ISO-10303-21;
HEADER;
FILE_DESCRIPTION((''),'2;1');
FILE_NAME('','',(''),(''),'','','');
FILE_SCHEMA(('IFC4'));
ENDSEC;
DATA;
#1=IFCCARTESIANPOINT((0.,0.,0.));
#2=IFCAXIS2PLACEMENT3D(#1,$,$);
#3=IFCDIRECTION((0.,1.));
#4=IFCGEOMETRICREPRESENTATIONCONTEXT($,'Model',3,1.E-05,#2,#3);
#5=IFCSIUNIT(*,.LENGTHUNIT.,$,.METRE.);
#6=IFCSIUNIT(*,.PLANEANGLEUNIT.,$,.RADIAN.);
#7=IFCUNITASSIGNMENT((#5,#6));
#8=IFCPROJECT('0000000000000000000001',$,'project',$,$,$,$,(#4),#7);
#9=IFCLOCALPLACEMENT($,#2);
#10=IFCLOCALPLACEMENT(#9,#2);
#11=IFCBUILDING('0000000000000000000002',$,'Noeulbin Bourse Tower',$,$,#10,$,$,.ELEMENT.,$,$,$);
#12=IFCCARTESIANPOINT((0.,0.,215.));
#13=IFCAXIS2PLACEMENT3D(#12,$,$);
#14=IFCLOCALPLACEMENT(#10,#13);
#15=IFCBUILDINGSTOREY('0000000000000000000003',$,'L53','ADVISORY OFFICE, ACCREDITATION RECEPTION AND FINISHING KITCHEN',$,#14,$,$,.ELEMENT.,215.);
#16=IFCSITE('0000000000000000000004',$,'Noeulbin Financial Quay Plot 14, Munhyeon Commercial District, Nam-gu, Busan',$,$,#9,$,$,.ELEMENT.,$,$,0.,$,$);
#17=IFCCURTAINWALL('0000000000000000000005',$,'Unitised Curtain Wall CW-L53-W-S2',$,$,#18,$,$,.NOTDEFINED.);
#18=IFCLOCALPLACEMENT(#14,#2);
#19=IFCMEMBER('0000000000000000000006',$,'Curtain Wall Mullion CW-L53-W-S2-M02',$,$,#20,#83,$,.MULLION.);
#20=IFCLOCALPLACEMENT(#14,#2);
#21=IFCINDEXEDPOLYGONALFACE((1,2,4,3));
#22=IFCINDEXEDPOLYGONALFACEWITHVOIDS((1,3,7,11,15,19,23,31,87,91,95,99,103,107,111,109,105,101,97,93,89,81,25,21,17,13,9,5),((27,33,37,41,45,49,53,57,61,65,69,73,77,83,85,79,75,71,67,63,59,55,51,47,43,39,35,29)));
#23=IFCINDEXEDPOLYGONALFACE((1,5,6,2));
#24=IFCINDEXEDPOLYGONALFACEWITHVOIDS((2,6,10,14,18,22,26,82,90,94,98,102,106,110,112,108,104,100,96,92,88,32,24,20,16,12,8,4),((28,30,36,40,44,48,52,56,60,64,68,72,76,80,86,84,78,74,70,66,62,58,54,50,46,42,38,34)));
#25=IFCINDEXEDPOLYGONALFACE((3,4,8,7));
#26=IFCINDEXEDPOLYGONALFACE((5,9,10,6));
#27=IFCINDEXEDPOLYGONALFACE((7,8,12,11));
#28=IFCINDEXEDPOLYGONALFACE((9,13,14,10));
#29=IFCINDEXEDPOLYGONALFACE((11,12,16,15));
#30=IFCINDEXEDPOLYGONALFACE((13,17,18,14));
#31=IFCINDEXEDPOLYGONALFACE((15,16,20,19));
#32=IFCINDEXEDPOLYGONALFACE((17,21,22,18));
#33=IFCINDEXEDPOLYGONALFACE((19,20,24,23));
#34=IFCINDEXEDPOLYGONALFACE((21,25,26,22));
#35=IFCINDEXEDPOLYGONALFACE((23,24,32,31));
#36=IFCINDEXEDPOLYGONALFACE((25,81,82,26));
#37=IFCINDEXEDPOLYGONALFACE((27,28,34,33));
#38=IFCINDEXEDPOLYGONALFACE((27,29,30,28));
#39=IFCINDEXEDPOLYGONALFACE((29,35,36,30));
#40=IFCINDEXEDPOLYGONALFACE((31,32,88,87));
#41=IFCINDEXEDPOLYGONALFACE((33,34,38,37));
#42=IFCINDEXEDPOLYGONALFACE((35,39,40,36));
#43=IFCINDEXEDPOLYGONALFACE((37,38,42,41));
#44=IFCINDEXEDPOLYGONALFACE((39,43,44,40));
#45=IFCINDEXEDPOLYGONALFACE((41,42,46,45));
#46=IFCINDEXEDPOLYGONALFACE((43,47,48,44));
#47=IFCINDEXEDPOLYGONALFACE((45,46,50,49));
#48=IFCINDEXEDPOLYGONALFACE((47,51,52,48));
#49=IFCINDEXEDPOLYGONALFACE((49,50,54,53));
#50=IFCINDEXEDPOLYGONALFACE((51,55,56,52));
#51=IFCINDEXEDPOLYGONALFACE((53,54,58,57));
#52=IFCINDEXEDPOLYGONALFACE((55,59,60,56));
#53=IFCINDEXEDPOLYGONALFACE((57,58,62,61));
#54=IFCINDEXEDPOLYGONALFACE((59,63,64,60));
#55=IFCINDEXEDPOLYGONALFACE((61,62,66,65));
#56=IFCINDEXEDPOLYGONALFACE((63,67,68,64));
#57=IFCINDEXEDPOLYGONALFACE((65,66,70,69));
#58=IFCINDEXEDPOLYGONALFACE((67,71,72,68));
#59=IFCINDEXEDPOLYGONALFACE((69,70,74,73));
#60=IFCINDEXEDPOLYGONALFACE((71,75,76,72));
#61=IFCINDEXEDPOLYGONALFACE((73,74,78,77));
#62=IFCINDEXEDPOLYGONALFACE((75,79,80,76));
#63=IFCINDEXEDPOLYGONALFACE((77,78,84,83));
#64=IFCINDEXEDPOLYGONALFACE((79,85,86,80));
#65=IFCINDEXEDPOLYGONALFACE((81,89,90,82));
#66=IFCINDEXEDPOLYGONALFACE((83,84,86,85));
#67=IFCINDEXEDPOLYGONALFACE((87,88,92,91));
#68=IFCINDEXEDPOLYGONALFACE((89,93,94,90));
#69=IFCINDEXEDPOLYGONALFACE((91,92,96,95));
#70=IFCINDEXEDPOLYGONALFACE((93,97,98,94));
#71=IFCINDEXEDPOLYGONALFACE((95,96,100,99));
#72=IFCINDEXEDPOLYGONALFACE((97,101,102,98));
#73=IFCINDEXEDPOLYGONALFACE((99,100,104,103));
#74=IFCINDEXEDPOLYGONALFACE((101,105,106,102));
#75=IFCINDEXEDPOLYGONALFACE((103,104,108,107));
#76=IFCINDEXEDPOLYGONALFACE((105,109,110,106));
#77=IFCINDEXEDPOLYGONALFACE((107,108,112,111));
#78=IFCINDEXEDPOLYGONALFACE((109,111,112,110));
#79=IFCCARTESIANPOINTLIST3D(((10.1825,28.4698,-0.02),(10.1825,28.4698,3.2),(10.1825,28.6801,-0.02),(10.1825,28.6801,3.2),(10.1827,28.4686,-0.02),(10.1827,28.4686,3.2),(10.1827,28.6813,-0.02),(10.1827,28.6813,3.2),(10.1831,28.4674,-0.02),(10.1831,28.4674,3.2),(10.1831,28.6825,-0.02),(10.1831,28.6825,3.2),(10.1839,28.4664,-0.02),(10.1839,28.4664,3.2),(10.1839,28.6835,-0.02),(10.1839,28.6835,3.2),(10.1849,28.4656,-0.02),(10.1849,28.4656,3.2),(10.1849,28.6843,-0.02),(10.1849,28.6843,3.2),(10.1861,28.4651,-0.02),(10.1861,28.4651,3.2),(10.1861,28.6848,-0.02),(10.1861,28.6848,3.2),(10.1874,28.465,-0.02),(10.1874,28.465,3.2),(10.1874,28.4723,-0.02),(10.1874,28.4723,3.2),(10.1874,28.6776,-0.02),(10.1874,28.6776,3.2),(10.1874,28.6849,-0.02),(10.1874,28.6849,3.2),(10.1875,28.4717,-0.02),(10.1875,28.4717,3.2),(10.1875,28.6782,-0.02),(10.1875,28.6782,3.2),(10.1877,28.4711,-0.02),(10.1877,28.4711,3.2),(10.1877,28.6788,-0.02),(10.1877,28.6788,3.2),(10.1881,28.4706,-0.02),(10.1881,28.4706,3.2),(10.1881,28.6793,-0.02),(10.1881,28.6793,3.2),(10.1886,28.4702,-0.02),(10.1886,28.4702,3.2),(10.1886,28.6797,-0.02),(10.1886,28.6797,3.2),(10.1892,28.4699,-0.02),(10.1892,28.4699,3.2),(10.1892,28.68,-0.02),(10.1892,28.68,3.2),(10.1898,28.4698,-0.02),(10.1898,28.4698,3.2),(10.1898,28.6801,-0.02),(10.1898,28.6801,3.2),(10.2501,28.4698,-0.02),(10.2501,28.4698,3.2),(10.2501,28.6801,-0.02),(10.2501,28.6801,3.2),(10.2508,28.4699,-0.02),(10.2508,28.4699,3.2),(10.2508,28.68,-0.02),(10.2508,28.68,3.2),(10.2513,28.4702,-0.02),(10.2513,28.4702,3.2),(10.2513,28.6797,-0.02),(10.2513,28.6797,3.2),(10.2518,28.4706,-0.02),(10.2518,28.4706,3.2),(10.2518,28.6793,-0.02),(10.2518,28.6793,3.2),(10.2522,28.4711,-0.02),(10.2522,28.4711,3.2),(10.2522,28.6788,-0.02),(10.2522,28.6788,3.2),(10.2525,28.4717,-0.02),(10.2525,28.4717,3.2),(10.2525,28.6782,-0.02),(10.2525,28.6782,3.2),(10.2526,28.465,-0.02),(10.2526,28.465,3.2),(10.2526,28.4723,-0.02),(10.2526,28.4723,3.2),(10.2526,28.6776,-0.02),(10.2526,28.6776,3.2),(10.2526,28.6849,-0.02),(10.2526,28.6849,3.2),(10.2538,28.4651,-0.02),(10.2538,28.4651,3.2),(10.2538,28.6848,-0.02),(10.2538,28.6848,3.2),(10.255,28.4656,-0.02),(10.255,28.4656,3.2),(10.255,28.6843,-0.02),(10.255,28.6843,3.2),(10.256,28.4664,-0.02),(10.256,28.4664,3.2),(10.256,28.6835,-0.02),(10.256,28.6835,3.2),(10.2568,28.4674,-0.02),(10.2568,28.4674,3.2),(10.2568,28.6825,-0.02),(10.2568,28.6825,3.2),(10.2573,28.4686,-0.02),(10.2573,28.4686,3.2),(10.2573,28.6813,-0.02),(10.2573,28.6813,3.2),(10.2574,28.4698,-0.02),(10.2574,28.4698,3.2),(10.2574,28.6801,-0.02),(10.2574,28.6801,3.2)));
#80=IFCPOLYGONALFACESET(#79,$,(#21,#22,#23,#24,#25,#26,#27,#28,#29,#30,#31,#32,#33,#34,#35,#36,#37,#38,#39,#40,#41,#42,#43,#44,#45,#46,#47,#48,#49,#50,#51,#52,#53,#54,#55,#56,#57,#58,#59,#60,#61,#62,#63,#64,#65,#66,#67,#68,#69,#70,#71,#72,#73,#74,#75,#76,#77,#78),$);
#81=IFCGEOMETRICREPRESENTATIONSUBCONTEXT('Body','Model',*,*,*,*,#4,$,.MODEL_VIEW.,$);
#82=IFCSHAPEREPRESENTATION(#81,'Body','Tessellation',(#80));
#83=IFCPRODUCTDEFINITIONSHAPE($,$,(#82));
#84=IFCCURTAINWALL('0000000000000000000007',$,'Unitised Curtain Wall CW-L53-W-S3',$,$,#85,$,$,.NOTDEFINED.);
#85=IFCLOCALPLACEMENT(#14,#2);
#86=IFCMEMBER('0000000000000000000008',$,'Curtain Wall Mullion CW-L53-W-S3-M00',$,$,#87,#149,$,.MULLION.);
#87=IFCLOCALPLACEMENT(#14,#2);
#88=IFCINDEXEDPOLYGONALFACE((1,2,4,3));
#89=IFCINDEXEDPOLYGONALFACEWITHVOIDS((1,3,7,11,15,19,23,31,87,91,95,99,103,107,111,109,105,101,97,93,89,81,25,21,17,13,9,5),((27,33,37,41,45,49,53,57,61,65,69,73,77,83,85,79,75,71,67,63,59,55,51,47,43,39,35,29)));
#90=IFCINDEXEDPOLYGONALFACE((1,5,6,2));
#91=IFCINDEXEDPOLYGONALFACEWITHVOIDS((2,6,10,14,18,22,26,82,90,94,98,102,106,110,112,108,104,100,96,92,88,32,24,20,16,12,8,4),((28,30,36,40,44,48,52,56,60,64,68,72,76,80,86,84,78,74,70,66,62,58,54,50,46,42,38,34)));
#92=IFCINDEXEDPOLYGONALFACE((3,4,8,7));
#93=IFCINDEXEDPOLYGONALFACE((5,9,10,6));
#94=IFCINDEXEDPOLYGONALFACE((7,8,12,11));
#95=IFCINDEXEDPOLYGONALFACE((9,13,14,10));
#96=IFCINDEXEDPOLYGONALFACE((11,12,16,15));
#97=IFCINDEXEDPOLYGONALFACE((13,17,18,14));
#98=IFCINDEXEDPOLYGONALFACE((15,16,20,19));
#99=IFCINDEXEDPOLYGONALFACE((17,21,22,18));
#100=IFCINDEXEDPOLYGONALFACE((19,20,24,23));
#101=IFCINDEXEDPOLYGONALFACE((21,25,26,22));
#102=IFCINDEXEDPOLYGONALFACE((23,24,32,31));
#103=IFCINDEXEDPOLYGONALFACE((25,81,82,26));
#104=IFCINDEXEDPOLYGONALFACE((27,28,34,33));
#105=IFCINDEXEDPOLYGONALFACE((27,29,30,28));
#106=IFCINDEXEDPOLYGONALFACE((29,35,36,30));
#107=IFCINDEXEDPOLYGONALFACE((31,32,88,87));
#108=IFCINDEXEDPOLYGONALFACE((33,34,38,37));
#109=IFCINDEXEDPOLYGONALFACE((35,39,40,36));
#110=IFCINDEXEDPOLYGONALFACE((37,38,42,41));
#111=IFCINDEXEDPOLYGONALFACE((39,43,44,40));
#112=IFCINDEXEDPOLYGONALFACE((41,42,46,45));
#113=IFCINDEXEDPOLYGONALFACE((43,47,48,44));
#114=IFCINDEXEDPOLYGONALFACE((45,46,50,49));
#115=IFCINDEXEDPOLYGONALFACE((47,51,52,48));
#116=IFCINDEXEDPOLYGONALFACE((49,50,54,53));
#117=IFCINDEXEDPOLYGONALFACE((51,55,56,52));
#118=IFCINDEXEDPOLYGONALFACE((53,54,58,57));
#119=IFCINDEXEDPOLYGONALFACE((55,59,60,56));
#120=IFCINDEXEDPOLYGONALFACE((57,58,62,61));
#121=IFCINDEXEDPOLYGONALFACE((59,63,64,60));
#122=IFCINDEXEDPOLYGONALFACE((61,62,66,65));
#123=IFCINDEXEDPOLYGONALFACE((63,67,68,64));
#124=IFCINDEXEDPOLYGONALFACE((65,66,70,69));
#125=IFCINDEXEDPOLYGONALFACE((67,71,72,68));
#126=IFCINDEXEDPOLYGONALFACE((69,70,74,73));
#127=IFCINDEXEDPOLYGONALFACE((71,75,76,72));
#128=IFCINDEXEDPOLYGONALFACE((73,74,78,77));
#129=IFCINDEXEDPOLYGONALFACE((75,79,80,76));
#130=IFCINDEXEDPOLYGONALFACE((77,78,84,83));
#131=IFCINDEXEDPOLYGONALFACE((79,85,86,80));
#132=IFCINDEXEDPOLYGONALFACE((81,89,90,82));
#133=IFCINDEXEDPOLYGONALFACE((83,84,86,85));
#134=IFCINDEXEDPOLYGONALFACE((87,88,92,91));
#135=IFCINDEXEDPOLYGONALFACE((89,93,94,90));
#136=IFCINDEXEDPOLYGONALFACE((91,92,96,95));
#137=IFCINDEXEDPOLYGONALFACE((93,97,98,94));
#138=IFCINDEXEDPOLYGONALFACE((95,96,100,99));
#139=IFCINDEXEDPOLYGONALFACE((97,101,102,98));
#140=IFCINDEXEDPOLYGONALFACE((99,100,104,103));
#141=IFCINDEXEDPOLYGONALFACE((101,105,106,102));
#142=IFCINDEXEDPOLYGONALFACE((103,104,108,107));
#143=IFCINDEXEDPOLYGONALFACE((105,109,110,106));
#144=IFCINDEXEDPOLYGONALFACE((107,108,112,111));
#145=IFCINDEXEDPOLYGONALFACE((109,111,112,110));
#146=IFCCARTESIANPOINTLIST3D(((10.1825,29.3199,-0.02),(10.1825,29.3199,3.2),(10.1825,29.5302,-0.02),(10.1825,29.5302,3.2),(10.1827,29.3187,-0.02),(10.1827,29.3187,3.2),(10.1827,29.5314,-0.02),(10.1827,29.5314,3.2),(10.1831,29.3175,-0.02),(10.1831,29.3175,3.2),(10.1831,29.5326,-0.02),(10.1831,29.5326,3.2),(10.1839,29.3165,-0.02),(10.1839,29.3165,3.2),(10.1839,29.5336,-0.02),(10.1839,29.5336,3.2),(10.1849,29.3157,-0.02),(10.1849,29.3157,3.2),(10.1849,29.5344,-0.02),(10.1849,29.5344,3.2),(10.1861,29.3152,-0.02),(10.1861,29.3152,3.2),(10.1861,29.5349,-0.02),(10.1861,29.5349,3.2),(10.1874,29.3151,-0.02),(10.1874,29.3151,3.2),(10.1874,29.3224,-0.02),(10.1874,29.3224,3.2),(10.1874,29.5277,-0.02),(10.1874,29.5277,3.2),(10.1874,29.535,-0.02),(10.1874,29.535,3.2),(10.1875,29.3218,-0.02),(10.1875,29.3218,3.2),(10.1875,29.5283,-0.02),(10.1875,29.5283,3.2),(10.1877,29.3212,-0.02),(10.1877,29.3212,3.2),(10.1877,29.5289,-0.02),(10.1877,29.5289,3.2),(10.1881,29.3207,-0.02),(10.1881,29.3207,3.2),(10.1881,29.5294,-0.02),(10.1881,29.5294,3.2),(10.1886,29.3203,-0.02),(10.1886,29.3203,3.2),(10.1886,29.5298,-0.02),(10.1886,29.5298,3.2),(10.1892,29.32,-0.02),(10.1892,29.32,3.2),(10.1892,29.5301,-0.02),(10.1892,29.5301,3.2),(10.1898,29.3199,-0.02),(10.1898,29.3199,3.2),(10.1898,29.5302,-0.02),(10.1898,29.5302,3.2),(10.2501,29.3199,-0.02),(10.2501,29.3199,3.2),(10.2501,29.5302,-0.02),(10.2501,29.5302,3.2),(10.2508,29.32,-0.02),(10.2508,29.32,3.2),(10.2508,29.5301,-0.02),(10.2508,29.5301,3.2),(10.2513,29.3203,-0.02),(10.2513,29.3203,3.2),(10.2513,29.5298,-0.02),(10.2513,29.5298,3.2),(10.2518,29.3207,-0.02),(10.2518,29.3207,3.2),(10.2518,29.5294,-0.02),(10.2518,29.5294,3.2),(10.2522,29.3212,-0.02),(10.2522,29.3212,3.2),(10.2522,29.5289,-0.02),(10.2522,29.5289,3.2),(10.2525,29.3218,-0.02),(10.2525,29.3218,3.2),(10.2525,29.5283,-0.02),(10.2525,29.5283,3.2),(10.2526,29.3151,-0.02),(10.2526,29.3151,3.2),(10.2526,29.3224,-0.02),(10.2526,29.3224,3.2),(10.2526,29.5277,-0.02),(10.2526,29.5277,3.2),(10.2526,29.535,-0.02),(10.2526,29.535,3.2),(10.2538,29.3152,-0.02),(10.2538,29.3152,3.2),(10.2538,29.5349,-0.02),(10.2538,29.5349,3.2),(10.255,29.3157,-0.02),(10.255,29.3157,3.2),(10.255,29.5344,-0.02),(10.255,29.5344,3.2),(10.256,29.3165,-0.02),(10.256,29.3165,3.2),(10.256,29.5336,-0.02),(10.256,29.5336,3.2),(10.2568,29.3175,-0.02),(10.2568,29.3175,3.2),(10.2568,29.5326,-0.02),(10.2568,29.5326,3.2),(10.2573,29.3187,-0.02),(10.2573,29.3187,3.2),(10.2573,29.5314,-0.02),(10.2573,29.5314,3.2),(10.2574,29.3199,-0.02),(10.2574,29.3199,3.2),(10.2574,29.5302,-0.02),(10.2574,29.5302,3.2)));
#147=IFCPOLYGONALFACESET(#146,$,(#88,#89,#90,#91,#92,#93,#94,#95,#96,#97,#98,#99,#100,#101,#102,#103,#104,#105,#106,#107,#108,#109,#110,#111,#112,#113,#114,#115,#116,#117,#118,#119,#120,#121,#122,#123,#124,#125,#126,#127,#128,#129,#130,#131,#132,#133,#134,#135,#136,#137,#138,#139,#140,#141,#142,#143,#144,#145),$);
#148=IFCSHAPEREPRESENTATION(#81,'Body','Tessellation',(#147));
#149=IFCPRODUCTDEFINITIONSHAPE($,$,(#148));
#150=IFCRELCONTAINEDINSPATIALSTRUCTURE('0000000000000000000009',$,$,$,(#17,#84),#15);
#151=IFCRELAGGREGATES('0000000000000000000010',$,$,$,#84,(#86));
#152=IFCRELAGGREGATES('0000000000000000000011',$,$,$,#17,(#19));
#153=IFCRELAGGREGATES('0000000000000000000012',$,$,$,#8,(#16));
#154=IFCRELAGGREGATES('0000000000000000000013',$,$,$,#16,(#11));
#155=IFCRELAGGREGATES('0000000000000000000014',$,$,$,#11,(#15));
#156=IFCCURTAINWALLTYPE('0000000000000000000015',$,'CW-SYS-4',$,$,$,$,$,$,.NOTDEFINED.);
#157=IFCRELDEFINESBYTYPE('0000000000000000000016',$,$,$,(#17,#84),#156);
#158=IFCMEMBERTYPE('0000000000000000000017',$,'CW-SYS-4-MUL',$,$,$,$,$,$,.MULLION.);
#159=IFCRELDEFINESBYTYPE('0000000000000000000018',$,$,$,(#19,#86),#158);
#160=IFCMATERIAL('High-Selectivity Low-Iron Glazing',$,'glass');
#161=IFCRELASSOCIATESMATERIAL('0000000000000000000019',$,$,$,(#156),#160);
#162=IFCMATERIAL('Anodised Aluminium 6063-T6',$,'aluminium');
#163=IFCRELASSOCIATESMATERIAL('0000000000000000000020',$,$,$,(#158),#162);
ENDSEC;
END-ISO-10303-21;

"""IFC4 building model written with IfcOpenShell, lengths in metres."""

from ifc_helpers import new_model, si_unit, direction, frame, origin, origin_2d, place, context, subcontext, project, spatial, hollow_rectangle, extrude, material, material_profile, profile_set, type_object, element, aggregate, save


model = new_model("IFC4")

# Units and contexts
model_context = context("Model", 3, precision=1e-05, world=origin(), true_north=direction((0.0, 1.0)))
body_context = subcontext(model_context, "Body", "Model", "MODEL_VIEW")
ifc_project = project(units=[si_unit("LENGTHUNIT", "METRE"), si_unit("PLANEANGLEUNIT", "RADIAN")], contexts=[model_context])

# Site, building, storey
site_placement = place(None, origin())
site = spatial("IfcSite", under=ifc_project, at=site_placement, Name="Noeulbin Financial Quay Plot 14, Munhyeon Commercial District, Nam-gu, Busan", CompositionType="ELEMENT", RefElevation=0.0)
building_placement = place(site_placement, origin())
building = spatial("IfcBuilding", under=site, at=building_placement, Name="Noeulbin Bourse Tower", CompositionType="ELEMENT")
storey_placement = place(building_placement, frame((0.0, 0.0, 215.0)))
storey = spatial("IfcBuildingStorey", under=building, at=storey_placement, Name="L53", Description="ADVISORY OFFICE, ACCREDITATION RECEPTION AND FINISHING KITCHEN", CompositionType="ELEMENT", Elevation=215.0)

# Curtain wall, member
ifc_material_1 = material(Name="High-Selectivity Low-Iron Glazing", Category="glass")
curtain_wall_type = type_object("IfcCurtainWallType", Name="CW-SYS-4", PredefinedType="NOTDEFINED", material=ifc_material_1)
curtain_wall_1_placement = place(storey_placement, origin())
curtain_wall_1 = element("IfcCurtainWall", 1, at=curtain_wall_1_placement, inside=storey, type_object=curtain_wall_type, Name="Unitised Curtain Wall CW-L53-W-S2", PredefinedType="NOTDEFINED")
ifc_material_2 = material(Name="Anodised Aluminium 6063-T6", Category="aluminium")
ifc_material_profile_1 = material_profile(ifc_material_2, hollow_rectangle(XDim=0.075, YDim=0.22, WallThickness=0.0049, InnerFilletRadius=0.0024, OuterFilletRadius=0.0049, at=origin_2d()), Name="ALU-MULL-75x220x5", Category="LoadBearing")
ifc_profile_set_1 = profile_set([ifc_material_profile_1], Name="Anodised Aluminium 6063-T6")
member_type_1 = type_object("IfcMemberType", Name="CW-SYS-4-MUL", PredefinedType="MULLION", material=ifc_profile_set_1)
member_1_placement = place(storey_placement, frame((10.22, 28.575, -0.02), z_axis=(0.0, 0.0, 1.0), x_axis=(1.0, 0.0, 0.0)))
member_1 = element("IfcMember", 2, at=member_1_placement, type_object=member_type_1, Name="Curtain Wall Mullion CW-L53-W-S2-M02", PredefinedType="MULLION", context=body_context, shape_type="SweptSolid", body=[
    extrude(hollow_rectangle(XDim=0.075, YDim=0.22, WallThickness=0.0049, InnerFilletRadius=0.0024, OuterFilletRadius=0.0049, at=origin_2d()), origin(), (0.0, 0.0, 1.0), 3.22),
])

# Curtain wall, member
curtain_wall_2_placement = place(storey_placement, origin())
curtain_wall_2 = element("IfcCurtainWall", 3, at=curtain_wall_2_placement, inside=storey, type_object=curtain_wall_type, Name="Unitised Curtain Wall CW-L53-W-S3", PredefinedType="NOTDEFINED")
member_2_placement = place(storey_placement, frame((10.22, 29.425, -0.02), z_axis=(0.0, 0.0, 1.0), x_axis=(1.0, 0.0, 0.0)))
member_2 = element("IfcMember", 4, at=member_2_placement, type_object=member_type_1, Name="Curtain Wall Mullion CW-L53-W-S3-M00", PredefinedType="MULLION", context=body_context, shape_type="SweptSolid", body=[
    extrude(hollow_rectangle(XDim=0.075, YDim=0.22, WallThickness=0.0049, InnerFilletRadius=0.0024, OuterFilletRadius=0.0049, at=origin_2d()), origin(), (0.0, 0.0, 1.0), 3.22),
])

aggregate(curtain_wall_2, [member_2])

aggregate(curtain_wall_1, [member_1])

save(model, "model.ifc")
